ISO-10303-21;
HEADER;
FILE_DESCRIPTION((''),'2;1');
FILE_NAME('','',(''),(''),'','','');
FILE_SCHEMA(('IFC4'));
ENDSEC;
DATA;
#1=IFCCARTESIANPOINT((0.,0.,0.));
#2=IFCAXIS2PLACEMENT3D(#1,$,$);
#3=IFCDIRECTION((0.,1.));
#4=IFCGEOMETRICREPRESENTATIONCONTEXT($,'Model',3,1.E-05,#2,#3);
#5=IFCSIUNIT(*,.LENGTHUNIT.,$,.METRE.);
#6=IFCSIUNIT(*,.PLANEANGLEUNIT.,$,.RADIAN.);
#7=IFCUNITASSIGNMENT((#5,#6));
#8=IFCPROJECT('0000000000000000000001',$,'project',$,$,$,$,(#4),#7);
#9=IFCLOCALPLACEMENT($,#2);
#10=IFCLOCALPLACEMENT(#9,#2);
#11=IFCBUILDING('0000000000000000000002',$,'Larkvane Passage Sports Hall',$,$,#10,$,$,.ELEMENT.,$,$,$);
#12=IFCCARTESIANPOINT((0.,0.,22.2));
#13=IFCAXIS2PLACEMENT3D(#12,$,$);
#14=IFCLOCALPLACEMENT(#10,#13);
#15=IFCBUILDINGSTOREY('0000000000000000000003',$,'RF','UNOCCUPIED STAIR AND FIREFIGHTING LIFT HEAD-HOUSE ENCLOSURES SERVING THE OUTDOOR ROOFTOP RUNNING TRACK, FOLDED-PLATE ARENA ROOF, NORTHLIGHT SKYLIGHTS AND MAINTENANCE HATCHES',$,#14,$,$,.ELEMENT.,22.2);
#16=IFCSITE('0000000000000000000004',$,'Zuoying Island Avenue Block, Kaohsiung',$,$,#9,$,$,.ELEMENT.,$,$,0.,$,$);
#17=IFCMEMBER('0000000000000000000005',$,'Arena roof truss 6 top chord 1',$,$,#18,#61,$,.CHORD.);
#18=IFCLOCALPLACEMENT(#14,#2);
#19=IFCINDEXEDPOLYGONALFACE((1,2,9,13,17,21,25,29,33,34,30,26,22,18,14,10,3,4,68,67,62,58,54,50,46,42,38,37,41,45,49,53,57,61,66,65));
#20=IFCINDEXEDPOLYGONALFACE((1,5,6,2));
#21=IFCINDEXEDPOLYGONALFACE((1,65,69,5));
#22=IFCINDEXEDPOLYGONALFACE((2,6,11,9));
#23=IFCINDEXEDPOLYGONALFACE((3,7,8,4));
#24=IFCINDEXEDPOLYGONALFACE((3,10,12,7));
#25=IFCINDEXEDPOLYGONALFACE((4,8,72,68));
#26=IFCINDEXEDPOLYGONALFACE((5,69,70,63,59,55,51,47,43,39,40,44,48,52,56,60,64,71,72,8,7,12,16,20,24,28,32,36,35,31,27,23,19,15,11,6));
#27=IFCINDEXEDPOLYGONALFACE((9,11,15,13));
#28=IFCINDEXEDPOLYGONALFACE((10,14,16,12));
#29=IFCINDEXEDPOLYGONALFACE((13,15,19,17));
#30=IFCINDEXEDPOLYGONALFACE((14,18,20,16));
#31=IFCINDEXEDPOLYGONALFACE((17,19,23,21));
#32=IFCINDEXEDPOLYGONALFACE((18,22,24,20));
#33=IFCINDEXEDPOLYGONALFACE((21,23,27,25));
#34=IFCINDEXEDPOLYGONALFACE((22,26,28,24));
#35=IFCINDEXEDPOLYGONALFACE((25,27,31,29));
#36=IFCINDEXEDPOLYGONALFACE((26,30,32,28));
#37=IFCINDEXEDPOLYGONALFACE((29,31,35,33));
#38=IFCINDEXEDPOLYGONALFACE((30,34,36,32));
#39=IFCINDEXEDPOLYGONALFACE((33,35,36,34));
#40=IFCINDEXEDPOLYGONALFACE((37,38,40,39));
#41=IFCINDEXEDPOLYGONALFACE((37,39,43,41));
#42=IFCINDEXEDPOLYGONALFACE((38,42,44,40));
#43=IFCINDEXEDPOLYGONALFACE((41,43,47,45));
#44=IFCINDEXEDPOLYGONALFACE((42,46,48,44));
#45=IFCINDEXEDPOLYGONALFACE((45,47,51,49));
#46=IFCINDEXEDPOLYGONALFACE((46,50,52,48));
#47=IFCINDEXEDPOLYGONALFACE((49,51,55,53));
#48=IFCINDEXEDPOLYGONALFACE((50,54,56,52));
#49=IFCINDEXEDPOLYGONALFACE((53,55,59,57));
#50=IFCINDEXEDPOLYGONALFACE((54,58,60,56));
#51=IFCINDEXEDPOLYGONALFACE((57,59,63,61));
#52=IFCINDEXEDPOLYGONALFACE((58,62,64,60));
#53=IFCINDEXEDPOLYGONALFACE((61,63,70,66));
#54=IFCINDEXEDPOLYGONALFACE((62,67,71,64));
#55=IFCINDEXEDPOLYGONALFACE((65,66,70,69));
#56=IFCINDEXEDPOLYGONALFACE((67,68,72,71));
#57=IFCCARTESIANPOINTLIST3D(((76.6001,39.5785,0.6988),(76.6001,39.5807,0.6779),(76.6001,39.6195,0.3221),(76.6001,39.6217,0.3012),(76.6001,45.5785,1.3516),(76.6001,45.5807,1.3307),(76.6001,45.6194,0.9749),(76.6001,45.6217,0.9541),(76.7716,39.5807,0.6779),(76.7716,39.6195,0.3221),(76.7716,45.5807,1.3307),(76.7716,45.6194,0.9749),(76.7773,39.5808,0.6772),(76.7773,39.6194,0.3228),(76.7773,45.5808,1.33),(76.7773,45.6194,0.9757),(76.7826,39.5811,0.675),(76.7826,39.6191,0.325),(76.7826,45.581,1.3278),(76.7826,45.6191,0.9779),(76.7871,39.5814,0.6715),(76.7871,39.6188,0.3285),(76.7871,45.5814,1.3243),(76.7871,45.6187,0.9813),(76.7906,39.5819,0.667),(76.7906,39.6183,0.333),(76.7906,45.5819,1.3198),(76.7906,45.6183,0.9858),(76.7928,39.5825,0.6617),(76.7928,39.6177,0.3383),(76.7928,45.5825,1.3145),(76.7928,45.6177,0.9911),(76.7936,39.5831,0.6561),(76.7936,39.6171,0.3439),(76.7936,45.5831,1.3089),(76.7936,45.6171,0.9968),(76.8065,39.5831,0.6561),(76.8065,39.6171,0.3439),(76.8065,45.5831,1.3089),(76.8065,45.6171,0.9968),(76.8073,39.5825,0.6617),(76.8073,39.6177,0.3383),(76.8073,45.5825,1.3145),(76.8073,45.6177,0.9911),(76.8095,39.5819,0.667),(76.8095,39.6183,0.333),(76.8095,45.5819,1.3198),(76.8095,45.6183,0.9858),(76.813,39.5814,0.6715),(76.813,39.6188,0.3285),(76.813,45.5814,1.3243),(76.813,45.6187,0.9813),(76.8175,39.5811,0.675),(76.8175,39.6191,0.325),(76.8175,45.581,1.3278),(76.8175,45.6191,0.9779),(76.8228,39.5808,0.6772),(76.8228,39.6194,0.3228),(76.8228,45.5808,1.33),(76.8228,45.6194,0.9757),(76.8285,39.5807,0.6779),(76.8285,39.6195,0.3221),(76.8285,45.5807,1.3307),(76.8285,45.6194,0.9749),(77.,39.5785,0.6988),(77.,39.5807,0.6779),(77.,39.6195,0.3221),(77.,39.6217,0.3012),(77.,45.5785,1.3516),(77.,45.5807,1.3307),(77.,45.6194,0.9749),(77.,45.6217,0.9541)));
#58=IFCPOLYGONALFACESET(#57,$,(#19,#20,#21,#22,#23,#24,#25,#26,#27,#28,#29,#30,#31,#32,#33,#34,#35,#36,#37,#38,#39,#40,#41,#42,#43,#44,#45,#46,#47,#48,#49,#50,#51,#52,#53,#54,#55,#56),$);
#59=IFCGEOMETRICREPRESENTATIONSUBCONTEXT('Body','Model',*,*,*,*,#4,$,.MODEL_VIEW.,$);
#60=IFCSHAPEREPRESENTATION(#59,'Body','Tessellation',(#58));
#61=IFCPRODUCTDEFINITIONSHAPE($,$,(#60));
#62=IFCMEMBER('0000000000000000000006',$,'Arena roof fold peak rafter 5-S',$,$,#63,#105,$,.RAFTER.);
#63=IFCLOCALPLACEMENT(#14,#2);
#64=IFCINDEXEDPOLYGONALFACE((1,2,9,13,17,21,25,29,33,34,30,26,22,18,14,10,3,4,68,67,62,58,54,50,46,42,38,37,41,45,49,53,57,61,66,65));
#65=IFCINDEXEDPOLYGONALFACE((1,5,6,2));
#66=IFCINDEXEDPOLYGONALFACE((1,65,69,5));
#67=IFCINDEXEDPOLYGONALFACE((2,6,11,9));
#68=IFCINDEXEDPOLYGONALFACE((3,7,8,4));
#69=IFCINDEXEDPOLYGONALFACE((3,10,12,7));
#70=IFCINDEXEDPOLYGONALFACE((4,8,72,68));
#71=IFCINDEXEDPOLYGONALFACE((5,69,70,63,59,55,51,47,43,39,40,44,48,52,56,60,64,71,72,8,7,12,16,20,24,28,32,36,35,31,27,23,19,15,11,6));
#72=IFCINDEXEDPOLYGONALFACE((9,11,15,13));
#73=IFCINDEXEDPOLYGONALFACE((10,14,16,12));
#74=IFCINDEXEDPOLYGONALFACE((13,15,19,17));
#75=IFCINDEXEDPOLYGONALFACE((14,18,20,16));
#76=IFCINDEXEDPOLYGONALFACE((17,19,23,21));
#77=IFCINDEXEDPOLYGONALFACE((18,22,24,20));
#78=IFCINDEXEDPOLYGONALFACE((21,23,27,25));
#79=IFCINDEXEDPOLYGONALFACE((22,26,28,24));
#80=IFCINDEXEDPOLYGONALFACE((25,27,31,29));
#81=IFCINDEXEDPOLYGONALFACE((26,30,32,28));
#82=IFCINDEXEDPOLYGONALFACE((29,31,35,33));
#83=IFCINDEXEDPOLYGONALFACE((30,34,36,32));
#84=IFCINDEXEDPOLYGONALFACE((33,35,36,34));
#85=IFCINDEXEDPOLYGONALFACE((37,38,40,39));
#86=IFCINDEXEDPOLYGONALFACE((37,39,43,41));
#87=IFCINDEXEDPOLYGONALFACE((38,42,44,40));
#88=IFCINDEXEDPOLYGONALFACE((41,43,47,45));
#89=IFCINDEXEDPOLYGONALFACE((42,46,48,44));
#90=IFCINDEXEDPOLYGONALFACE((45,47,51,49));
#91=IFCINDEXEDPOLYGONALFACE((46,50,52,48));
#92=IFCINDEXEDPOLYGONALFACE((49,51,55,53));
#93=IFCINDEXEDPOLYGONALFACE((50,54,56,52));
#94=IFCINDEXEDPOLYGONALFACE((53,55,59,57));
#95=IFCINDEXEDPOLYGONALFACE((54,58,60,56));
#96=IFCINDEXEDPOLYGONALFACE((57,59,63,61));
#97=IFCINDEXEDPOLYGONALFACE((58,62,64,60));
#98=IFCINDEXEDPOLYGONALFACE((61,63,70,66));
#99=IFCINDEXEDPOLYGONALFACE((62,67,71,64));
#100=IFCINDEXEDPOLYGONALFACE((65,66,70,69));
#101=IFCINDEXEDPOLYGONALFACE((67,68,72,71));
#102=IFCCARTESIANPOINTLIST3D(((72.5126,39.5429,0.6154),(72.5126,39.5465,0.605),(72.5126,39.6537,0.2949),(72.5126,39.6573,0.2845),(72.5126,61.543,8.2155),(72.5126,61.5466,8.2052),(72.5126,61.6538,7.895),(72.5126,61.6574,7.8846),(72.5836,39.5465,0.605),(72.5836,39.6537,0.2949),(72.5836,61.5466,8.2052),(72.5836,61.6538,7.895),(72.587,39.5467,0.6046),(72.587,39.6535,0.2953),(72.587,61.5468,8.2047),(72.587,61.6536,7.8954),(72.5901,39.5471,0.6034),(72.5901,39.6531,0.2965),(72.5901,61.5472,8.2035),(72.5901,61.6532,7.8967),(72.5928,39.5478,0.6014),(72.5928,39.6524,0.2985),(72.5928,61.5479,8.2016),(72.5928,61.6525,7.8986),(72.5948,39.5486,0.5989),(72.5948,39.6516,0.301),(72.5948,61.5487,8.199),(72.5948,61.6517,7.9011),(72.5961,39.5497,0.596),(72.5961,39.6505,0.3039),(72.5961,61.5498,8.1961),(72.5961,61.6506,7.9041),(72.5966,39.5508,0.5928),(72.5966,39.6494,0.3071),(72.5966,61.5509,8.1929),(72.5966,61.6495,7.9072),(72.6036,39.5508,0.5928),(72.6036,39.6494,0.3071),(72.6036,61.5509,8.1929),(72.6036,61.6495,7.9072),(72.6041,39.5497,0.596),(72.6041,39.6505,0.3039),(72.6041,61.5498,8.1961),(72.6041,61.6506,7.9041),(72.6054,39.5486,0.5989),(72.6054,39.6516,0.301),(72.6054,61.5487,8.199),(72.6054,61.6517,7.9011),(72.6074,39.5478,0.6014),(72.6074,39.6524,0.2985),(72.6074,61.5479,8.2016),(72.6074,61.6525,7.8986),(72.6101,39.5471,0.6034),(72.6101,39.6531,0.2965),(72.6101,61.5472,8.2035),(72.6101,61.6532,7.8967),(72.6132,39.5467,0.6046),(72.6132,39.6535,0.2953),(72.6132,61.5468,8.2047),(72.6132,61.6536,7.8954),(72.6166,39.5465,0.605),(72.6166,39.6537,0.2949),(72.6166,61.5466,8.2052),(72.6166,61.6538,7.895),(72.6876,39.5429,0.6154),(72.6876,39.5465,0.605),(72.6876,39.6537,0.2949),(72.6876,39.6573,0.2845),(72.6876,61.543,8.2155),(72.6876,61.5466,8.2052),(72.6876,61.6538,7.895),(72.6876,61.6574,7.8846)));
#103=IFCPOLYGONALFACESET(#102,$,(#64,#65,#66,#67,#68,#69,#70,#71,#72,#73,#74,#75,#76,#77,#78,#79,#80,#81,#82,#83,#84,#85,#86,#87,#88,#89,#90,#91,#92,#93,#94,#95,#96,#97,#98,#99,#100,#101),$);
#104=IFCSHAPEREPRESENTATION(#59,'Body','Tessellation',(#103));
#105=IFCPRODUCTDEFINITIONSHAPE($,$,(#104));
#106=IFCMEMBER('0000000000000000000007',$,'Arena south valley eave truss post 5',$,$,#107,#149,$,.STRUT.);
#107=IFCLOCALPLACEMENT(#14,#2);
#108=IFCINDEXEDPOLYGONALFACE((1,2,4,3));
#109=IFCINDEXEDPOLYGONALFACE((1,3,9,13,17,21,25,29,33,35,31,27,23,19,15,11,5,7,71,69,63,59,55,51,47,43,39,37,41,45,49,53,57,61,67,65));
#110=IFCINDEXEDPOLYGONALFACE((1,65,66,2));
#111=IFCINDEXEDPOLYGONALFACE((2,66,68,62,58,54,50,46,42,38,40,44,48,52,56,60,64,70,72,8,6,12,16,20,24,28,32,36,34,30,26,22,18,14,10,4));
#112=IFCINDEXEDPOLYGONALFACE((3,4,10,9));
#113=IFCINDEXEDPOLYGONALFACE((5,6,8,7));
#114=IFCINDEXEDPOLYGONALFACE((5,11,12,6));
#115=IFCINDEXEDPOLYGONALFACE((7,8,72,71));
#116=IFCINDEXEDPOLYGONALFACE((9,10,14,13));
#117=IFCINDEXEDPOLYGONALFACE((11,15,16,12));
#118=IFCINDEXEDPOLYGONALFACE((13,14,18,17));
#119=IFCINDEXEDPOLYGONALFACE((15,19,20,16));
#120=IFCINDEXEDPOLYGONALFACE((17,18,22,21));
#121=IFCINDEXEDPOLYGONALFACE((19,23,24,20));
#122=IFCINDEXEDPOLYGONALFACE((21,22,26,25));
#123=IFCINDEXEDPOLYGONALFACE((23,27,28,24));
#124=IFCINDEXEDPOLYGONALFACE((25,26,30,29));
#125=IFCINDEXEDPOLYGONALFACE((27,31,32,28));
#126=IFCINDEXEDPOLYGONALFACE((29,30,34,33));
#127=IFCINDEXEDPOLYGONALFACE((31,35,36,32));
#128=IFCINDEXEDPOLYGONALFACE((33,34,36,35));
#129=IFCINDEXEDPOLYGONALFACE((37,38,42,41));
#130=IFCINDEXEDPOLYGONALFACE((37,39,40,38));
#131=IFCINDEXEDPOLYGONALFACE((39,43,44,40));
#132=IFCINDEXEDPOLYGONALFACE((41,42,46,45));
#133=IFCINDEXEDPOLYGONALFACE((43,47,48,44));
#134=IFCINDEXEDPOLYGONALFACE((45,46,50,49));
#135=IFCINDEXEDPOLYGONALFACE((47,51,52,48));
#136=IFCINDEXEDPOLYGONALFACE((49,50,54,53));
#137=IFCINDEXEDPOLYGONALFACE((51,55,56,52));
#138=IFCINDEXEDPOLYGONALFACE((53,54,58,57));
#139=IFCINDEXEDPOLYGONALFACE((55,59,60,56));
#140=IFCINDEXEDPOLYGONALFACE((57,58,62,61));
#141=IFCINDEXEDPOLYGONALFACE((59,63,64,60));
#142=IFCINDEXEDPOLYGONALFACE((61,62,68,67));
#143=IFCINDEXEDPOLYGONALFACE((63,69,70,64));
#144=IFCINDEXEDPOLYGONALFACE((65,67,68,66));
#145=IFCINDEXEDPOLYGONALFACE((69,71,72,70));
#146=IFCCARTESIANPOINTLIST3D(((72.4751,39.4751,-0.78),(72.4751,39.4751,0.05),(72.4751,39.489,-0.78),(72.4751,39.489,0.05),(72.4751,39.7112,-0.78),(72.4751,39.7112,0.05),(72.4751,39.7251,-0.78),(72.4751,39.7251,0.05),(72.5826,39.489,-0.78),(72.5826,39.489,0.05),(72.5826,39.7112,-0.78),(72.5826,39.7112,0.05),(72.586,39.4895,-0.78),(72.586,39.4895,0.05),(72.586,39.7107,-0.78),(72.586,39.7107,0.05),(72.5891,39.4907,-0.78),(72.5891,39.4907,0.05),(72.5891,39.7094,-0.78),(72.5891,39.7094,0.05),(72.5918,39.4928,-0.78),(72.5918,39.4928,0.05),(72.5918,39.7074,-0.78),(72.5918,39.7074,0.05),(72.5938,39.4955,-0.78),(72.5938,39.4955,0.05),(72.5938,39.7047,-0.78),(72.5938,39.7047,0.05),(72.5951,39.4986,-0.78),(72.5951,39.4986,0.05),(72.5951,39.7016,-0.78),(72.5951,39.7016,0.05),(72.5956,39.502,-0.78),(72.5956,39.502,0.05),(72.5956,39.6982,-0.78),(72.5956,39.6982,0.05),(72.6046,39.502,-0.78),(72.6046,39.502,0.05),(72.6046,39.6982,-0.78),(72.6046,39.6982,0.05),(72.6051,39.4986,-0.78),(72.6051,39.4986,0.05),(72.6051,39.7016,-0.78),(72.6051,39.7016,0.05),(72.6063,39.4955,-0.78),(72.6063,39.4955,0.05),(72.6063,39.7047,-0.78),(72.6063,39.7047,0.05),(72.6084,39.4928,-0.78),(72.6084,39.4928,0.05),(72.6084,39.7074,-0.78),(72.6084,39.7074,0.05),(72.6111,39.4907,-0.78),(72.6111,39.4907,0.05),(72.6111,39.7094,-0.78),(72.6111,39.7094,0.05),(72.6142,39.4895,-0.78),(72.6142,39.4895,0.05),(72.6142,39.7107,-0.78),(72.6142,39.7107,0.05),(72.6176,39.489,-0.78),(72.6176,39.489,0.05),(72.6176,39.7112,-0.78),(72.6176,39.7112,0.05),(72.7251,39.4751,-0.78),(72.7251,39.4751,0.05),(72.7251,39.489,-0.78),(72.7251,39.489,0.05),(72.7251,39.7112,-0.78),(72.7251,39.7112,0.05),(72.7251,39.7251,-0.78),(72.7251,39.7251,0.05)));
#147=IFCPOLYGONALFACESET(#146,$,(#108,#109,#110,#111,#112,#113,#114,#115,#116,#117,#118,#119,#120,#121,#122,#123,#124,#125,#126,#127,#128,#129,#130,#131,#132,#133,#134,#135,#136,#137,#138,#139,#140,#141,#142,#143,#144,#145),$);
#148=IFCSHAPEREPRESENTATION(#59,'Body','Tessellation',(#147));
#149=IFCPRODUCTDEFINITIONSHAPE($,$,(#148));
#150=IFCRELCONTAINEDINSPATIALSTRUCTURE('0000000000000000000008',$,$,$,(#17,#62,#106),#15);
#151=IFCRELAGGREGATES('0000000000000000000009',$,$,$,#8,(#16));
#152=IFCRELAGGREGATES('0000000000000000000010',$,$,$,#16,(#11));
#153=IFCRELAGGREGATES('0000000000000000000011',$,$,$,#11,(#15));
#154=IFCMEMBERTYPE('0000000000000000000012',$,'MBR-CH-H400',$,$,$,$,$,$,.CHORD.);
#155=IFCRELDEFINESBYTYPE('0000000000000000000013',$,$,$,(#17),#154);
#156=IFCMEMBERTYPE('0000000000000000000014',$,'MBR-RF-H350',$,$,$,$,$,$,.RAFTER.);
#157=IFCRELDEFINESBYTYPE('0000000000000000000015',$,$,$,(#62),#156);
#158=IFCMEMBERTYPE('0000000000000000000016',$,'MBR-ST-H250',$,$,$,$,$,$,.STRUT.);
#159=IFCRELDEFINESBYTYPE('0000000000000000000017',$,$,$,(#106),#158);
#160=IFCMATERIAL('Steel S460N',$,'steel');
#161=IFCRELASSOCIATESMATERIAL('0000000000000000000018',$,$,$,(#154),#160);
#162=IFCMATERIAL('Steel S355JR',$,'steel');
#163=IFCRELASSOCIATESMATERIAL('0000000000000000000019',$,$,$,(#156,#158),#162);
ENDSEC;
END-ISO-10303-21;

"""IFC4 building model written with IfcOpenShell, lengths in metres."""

from ifc_helpers import new_model, si_unit, direction, frame, origin, origin_2d, place, context, subcontext, project, spatial, i_section, extrude, material, material_profile, profile_set, type_object, element, save


model = new_model("IFC4")

# Units and contexts
model_context = context("Model", 3, precision=1e-05, world=origin(), true_north=direction((0.0, 1.0)))
body_context = subcontext(model_context, "Body", "Model", "MODEL_VIEW")
ifc_project = project(units=[si_unit("LENGTHUNIT", "METRE"), si_unit("PLANEANGLEUNIT", "RADIAN")], contexts=[model_context])

# Site, building, storey
site_placement = place(None, origin())
site = spatial("IfcSite", under=ifc_project, at=site_placement, Name="Zuoying Island Avenue Block, Kaohsiung", CompositionType="ELEMENT", RefElevation=0.0)
building_placement = place(site_placement, origin())
building = spatial("IfcBuilding", under=site, at=building_placement, Name="Larkvane Passage Sports Hall", CompositionType="ELEMENT")
storey_placement = place(building_placement, frame((0.0, 0.0, 22.2)))
storey = spatial("IfcBuildingStorey", under=building, at=storey_placement, Name="RF", Description="UNOCCUPIED STAIR AND FIREFIGHTING LIFT HEAD-HOUSE ENCLOSURES SERVING THE OUTDOOR ROOFTOP RUNNING TRACK, FOLDED-PLATE ARENA ROOF, NORTHLIGHT SKYLIGHTS AND MAINTENANCE HATCHES", CompositionType="ELEMENT", Elevation=22.2)

# Shared definitions
ifc_material_1 = material(Name="Steel S460N", Category="steel")
ifc_material_2 = material(Name="Steel S355JR", Category="steel")

# Members
ifc_material_profile_1 = material_profile(ifc_material_1, i_section(OverallWidth=0.3999, OverallDepth=0.3999, WebThickness=0.0129, FlangeThickness=0.021, FilletRadius=0.022, at=origin_2d()), Name="H-400x400x13x21")
ifc_profile_set_1 = profile_set([ifc_material_profile_1], Name="Steel S460N")
member_type_1 = type_object("IfcMemberType", Name="MBR-CH-H400", PredefinedType="CHORD", material=ifc_profile_set_1)
member_1_placement = place(storey_placement, frame((76.8, 39.6001, 0.5), z_axis=(0.0, 0.994133, 0.108167), x_axis=(-1.0, 0.0, 0.0)))
element("IfcMember", 1, at=member_1_placement, inside=storey, type_object=member_type_1, Name="Arena roof truss 6 top chord 1", PredefinedType="CHORD", context=body_context, shape_type="SweptSolid", body=[
    extrude(i_section(OverallWidth=0.3999, OverallDepth=0.3999, WebThickness=0.0129, FlangeThickness=0.021, FilletRadius=0.022, at=origin_2d()), origin(), (0.0, 0.0, 1.0), 6.0354),
])
ifc_material_profile_2 = material_profile(ifc_material_2, i_section(OverallWidth=0.175, OverallDepth=0.3501, WebThickness=0.0071, FlangeThickness=0.011, FilletRadius=0.0129, at=origin_2d()), Name="H-350x175x7x11")
ifc_profile_set_2 = profile_set([ifc_material_profile_2], Name="Steel S355JR")
member_type_2 = type_object("IfcMemberType", Name="MBR-RF-H350", PredefinedType="RAFTER", material=ifc_profile_set_2)
member_2_placement = place(storey_placement, frame((72.6001, 39.6001, 0.45), z_axis=(0.0, 0.945189, 0.326524), x_axis=(-1.0, 0.0, 0.0)))
element("IfcMember", 2, at=member_2_placement, inside=storey, type_object=member_type_2, Name="Arena roof fold peak rafter 5-S", PredefinedType="RAFTER", context=body_context, shape_type="SweptSolid", body=[
    extrude(i_section(OverallWidth=0.175, OverallDepth=0.3501, WebThickness=0.0071, FlangeThickness=0.011, FilletRadius=0.0129, at=origin_2d()), origin(), (0.0, 0.0, 1.0), 23.2759),
])
ifc_material_profile_3 = material_profile(ifc_material_2, i_section(OverallWidth=0.25, OverallDepth=0.25, WebThickness=0.009, FlangeThickness=0.0139, FilletRadius=0.0129, at=origin_2d()), Name="H-250x250x9x14")
ifc_profile_set_3 = profile_set([ifc_material_profile_3], Name="Steel S355JR")
member_type_3 = type_object("IfcMemberType", Name="MBR-ST-H250", PredefinedType="STRUT", material=ifc_profile_set_3)
member_3_placement = place(storey_placement, frame((72.6001, 39.6001, -0.78), z_axis=(0.0, 0.0, 1.0), x_axis=(1.0, 0.0, 0.0)))
element("IfcMember", 3, at=member_3_placement, inside=storey, type_object=member_type_3, Name="Arena south valley eave truss post 5", PredefinedType="STRUT", context=body_context, shape_type="SweptSolid", body=[
    extrude(i_section(OverallWidth=0.25, OverallDepth=0.25, WebThickness=0.009, FlangeThickness=0.0139, FilletRadius=0.0129, at=origin_2d()), origin(), (0.0, 0.0, 1.0), 0.8301),
])

save(model, "model.ifc")
